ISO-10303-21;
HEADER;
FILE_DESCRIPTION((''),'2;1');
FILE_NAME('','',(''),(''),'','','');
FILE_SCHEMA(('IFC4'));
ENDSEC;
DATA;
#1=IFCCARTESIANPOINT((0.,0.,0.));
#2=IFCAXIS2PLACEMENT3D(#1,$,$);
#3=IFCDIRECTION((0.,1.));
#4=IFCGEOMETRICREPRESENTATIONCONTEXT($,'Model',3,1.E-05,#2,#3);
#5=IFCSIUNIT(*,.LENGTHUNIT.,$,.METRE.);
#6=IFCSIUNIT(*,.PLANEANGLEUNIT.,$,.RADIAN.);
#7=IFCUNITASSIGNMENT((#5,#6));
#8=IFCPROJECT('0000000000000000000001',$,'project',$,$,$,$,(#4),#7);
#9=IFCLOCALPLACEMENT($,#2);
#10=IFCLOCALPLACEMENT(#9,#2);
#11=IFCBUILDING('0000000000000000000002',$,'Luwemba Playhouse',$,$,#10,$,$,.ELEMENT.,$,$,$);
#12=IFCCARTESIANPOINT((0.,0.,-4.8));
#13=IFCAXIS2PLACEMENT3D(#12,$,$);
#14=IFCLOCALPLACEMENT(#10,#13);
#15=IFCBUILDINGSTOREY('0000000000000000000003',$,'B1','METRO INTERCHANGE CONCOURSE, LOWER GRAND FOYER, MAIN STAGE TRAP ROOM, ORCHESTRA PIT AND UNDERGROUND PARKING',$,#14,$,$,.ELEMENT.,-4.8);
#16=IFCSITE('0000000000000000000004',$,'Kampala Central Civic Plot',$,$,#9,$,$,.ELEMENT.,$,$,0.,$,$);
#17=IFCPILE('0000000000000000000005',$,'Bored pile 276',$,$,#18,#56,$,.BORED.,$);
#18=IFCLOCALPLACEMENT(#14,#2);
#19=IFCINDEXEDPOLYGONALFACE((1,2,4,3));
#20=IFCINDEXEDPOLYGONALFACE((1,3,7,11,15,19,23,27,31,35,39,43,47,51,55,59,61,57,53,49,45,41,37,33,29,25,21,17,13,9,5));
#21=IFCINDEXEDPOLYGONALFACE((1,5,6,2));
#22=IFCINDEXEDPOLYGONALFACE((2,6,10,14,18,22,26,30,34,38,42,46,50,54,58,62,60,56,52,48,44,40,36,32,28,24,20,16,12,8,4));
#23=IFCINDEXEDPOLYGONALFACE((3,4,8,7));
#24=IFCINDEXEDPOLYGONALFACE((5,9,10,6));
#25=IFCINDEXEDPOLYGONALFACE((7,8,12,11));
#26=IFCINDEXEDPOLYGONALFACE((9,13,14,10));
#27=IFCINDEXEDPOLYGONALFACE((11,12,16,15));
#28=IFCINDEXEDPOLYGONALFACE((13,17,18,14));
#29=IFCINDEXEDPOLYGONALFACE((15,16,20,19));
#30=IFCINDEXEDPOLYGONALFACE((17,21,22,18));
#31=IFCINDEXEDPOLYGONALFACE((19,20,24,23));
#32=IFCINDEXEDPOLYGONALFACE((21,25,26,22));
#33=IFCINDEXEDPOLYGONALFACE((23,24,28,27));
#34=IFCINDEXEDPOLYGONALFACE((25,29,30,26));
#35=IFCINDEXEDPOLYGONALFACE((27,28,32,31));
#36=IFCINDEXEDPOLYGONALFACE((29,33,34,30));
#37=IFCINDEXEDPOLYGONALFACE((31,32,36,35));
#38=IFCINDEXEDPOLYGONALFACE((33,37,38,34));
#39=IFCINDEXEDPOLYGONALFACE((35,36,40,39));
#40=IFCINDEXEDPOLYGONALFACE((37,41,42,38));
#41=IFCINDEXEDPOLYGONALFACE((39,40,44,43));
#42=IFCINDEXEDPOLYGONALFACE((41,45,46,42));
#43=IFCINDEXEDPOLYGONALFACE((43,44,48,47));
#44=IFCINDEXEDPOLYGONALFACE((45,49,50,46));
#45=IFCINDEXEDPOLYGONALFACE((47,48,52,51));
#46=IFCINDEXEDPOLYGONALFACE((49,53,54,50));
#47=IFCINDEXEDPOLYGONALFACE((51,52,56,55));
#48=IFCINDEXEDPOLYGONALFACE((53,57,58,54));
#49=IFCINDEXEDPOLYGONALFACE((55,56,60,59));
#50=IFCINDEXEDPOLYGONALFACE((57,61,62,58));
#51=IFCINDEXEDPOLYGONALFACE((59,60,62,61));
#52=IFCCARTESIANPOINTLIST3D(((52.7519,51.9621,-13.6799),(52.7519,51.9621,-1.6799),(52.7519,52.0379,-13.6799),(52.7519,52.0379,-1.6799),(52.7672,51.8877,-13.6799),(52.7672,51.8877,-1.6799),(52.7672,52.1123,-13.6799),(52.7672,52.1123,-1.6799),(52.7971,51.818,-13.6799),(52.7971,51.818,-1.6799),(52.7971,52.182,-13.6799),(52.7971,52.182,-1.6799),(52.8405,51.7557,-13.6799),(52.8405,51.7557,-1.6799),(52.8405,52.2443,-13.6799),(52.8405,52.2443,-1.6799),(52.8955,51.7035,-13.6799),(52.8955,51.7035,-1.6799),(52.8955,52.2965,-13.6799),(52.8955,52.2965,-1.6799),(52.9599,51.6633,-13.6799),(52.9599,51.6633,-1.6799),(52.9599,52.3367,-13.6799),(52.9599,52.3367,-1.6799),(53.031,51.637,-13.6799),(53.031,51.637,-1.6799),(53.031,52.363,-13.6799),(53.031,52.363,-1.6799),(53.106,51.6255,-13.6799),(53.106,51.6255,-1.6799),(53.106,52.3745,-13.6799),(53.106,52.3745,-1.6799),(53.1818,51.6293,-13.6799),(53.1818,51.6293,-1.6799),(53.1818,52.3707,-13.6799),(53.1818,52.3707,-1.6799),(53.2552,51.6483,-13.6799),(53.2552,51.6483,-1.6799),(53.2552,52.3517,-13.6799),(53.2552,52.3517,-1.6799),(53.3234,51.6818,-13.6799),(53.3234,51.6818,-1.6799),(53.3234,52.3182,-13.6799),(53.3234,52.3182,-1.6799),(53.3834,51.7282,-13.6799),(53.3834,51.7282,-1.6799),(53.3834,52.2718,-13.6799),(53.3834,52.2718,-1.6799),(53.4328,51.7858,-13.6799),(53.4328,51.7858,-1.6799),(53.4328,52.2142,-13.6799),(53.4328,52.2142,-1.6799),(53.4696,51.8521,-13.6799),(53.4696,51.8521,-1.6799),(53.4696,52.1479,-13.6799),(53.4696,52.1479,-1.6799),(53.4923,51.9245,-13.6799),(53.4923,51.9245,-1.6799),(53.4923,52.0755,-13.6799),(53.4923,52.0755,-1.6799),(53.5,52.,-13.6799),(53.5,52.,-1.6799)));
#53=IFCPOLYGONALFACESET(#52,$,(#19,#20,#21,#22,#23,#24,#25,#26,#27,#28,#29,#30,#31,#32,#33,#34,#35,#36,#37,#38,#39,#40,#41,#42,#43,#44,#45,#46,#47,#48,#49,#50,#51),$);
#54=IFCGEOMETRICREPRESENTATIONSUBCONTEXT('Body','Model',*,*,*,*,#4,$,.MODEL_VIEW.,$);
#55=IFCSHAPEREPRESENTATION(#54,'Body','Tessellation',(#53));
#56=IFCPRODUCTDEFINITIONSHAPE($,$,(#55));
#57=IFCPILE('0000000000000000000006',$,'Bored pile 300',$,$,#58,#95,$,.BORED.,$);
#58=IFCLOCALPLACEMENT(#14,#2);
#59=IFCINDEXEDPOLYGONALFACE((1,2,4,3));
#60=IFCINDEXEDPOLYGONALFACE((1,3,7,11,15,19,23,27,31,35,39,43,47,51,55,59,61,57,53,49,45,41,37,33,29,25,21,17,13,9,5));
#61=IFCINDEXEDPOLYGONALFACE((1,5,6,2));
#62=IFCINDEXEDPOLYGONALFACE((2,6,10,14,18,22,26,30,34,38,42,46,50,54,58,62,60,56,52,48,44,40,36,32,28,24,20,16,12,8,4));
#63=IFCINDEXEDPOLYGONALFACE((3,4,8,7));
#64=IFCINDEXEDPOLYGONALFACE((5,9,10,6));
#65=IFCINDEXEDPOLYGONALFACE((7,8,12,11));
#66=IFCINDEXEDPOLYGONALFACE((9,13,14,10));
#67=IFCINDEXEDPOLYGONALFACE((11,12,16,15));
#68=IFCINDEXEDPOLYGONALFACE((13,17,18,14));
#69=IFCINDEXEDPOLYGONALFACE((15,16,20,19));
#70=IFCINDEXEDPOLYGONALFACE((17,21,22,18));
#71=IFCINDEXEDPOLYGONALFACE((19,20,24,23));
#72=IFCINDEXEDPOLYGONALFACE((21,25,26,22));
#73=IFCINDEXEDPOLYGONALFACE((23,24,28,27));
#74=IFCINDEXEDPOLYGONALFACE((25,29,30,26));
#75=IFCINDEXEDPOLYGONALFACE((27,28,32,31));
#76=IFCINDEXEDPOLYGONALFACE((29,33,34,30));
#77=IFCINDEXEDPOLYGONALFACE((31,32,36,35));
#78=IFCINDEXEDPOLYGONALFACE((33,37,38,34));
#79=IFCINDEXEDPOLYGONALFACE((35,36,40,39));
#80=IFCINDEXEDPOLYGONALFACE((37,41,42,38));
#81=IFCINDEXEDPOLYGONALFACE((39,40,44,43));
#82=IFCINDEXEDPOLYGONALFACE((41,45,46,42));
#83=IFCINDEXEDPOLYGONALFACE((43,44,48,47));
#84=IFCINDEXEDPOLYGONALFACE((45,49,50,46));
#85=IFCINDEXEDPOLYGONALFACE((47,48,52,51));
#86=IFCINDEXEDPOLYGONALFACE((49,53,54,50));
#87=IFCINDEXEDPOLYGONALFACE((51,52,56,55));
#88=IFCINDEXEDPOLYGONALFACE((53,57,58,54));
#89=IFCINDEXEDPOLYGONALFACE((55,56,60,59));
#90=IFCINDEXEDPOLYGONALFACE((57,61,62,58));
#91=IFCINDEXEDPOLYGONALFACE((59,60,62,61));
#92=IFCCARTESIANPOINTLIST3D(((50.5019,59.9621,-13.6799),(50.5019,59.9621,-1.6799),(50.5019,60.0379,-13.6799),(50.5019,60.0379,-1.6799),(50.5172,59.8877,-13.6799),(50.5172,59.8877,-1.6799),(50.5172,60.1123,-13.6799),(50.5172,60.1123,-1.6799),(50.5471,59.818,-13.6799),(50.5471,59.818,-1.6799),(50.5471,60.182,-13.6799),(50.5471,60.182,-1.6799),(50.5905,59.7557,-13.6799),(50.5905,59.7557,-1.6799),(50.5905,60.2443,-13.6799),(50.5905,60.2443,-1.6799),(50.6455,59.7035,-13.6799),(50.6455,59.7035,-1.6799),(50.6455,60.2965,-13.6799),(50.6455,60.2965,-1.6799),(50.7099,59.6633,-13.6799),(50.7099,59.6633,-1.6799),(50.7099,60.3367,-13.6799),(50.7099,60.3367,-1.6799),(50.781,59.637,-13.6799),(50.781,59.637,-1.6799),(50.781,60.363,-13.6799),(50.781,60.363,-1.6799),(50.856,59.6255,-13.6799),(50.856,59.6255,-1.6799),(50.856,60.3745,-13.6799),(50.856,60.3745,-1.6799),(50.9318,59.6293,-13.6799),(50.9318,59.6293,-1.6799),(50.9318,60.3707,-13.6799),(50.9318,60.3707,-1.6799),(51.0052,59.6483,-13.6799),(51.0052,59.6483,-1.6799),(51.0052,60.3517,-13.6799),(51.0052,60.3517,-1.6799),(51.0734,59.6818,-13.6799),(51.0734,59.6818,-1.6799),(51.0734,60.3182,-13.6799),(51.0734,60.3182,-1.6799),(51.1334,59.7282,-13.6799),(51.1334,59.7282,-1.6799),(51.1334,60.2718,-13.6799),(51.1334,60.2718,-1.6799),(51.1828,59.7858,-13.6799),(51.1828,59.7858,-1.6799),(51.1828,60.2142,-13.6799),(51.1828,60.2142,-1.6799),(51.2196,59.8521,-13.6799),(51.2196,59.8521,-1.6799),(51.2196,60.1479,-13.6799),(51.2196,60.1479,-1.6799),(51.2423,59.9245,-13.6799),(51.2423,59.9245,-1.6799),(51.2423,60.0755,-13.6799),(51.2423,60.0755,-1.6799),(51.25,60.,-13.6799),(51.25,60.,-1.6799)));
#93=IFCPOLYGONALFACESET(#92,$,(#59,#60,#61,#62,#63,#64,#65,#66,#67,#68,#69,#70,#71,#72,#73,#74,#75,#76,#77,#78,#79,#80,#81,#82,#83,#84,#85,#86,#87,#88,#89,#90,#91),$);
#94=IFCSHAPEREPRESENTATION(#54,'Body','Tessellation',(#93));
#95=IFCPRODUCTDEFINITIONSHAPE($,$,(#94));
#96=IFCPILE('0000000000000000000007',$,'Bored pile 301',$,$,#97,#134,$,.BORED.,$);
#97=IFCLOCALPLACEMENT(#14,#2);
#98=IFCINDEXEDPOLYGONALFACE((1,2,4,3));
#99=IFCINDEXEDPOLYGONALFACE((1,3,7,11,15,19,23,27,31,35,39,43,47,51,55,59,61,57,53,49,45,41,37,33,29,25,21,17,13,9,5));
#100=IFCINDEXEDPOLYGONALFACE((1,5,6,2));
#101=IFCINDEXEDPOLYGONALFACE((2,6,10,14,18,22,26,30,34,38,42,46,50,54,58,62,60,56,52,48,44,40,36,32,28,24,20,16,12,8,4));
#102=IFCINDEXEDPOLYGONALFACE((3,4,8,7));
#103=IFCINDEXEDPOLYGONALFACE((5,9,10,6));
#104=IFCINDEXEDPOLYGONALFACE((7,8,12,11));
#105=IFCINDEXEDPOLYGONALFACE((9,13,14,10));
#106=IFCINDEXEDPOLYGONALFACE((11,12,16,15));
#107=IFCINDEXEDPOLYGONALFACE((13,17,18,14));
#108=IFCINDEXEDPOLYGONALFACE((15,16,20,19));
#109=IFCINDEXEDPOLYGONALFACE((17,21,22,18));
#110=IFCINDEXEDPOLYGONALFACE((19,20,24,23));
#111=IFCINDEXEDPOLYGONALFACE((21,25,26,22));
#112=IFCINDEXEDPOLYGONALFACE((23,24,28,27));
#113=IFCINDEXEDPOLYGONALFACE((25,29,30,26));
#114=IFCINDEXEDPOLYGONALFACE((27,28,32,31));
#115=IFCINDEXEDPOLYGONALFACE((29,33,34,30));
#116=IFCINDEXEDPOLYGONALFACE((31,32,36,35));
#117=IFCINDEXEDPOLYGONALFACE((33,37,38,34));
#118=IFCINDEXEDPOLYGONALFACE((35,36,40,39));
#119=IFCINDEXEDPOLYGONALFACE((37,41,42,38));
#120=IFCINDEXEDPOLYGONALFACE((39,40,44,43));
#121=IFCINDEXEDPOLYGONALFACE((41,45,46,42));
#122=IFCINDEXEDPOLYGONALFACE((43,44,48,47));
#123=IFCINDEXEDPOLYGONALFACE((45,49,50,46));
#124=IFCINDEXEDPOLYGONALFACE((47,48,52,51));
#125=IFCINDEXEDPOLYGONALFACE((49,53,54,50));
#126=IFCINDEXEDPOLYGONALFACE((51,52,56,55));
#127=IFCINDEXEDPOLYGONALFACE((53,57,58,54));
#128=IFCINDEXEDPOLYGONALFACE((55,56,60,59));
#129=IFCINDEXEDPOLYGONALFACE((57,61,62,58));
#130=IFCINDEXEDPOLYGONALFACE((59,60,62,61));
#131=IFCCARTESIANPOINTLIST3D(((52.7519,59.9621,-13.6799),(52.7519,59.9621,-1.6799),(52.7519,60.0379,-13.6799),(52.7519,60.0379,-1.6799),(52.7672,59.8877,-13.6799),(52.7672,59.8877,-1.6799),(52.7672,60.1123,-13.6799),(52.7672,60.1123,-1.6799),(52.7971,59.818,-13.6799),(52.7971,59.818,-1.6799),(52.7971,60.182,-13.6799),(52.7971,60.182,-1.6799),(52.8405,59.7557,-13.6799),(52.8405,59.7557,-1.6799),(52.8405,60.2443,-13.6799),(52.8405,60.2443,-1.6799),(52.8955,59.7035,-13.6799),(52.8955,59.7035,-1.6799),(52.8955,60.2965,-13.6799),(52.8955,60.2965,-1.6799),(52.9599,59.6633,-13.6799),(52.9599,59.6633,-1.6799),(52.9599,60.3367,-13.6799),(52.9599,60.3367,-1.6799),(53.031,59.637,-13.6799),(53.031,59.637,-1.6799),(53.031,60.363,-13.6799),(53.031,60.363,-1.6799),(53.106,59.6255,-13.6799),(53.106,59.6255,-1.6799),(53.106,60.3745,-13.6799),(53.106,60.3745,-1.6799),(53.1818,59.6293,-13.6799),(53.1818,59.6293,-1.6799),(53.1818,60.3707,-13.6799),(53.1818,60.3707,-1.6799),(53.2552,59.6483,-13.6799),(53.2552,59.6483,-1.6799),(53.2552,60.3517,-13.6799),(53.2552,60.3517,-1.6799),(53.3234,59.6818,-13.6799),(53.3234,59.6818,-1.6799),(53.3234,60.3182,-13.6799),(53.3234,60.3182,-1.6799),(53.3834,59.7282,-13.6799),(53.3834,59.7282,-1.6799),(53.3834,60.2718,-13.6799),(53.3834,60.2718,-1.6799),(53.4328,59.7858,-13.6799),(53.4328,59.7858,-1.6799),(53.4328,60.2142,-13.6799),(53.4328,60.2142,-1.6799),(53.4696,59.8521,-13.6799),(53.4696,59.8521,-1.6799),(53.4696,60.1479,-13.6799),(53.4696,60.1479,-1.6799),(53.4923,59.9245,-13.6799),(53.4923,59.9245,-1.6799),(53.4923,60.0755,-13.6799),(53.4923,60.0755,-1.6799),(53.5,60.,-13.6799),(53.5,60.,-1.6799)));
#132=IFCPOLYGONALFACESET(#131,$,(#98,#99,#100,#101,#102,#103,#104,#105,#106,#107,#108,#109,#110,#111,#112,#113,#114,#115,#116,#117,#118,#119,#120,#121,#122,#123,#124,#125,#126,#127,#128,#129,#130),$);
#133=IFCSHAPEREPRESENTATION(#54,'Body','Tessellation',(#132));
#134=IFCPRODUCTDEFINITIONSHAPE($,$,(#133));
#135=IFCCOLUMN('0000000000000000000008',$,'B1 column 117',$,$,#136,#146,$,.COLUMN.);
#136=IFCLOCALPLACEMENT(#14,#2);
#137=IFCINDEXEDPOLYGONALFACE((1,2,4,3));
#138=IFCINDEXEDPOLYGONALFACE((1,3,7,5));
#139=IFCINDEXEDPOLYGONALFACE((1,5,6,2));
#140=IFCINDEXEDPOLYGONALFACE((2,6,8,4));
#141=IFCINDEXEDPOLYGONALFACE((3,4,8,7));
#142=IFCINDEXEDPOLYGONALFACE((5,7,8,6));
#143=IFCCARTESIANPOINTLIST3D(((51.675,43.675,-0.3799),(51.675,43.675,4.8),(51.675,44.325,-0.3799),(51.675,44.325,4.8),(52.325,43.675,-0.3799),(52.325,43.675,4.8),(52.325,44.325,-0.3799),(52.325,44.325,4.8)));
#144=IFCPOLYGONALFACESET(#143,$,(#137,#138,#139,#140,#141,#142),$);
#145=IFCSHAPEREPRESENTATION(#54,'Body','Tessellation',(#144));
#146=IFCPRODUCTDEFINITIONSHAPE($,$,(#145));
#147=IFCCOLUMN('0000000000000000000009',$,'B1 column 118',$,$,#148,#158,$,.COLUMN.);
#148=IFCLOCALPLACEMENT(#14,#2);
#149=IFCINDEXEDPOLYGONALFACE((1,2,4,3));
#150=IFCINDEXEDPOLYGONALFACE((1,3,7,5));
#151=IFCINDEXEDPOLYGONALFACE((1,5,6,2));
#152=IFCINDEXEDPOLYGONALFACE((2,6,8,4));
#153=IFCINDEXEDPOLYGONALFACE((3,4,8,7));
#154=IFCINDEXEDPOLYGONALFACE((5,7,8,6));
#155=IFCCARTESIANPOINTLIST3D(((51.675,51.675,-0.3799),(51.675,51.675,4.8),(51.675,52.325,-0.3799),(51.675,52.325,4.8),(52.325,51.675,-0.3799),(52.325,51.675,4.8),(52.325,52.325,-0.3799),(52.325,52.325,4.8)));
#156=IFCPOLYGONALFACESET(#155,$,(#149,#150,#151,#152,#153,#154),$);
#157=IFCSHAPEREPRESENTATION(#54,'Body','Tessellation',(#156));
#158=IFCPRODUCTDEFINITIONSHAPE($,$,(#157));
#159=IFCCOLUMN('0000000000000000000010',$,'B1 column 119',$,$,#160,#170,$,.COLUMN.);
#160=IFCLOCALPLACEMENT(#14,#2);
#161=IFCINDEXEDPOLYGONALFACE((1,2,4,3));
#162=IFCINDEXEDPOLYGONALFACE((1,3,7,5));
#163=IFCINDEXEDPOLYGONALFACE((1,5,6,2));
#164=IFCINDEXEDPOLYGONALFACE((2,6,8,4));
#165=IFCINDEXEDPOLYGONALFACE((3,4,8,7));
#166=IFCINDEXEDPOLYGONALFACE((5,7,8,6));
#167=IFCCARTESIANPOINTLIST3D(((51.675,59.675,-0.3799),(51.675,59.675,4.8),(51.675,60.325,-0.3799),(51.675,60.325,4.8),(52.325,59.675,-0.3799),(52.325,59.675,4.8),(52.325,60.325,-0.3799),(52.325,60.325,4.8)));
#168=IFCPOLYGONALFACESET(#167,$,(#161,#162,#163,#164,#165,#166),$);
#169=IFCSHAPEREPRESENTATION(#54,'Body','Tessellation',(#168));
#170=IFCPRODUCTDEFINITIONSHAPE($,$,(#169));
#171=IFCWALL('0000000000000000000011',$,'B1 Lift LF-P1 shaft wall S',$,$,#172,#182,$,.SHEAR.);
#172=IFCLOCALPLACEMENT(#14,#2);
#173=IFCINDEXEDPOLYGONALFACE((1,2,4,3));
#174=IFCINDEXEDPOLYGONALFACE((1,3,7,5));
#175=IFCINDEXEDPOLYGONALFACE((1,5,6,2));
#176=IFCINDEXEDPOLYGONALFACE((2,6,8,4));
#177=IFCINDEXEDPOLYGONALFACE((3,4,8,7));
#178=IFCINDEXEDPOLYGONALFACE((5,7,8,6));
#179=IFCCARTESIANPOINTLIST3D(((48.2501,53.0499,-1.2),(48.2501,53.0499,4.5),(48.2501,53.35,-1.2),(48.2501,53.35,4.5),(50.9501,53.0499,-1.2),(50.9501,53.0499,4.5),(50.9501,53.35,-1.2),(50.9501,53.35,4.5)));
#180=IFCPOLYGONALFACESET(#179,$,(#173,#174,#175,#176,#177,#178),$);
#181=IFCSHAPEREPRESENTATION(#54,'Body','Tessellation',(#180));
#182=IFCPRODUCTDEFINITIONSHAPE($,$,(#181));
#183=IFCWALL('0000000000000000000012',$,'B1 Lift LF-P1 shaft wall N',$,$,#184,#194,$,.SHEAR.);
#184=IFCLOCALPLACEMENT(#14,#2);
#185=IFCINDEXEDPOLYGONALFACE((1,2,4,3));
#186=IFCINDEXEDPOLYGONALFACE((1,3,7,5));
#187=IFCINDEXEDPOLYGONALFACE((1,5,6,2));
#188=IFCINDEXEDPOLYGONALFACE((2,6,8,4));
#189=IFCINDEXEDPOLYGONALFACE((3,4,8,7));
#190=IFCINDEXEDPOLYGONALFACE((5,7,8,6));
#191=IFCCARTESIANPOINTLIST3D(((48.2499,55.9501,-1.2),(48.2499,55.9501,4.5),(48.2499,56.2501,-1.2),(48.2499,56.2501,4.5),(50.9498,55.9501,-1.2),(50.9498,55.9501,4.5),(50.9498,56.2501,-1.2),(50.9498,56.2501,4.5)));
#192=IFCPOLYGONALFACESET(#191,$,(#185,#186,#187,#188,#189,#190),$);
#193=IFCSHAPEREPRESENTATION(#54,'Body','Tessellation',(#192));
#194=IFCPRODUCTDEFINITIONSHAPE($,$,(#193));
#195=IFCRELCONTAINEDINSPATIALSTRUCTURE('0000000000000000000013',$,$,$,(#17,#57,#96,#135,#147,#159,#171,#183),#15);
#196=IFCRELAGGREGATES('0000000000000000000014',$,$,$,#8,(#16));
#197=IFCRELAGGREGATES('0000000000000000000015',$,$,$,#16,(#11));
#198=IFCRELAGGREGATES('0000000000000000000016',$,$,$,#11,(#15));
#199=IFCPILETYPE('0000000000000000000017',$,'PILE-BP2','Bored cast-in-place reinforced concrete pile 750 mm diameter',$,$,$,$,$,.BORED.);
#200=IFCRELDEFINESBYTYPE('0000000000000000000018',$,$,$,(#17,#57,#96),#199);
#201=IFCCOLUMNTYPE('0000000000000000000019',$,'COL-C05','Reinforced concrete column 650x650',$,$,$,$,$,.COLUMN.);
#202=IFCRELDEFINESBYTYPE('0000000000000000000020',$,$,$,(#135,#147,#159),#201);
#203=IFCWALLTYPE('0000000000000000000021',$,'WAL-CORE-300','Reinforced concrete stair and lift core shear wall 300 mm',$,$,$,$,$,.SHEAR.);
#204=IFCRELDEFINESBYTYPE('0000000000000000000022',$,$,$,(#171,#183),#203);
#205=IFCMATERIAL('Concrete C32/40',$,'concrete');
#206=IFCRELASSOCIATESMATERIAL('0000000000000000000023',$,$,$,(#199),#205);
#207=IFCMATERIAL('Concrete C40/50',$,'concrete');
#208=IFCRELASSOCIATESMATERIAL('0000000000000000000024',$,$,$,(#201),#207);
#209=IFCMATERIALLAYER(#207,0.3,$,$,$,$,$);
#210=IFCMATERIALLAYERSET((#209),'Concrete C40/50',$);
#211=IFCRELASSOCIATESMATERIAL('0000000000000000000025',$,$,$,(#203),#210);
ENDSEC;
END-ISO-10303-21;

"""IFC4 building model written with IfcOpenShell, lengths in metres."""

from ifc_helpers import new_model, si_unit, direction, frame, frame_2d, origin, origin_2d, place, context, subcontext, project, spatial, rectangle, circle, extrude, material, layer, layer_set, material_profile, profile_set, type_object, element, save


model = new_model("IFC4")

# Units and contexts
model_context = context("Model", 3, precision=1e-05, world=origin(), true_north=direction((0.0, 1.0)))
body_context = subcontext(model_context, "Body", "Model", "MODEL_VIEW")
ifc_project = project(units=[si_unit("LENGTHUNIT", "METRE"), si_unit("PLANEANGLEUNIT", "RADIAN")], contexts=[model_context])

# Site, building, storey
site_placement = place(None, origin())
site = spatial("IfcSite", under=ifc_project, at=site_placement, Name="Kampala Central Civic Plot", CompositionType="ELEMENT", RefElevation=0.0)
building_placement = place(site_placement, origin())
building = spatial("IfcBuilding", under=site, at=building_placement, Name="Luwemba Playhouse", CompositionType="ELEMENT")
storey_placement = place(building_placement, frame((0.0, 0.0, -4.8)))
storey = spatial("IfcBuildingStorey", under=building, at=storey_placement, Name="B1", Description="METRO INTERCHANGE CONCOURSE, LOWER GRAND FOYER, MAIN STAGE TRAP ROOM, ORCHESTRA PIT AND UNDERGROUND PARKING", CompositionType="ELEMENT", Elevation=-4.8)

# Shared definitions
ifc_material_1 = material(Name="Concrete C32/40", Category="concrete")

# Piles
ifc_material_profile_1 = material_profile(ifc_material_1, circle(Radius=0.375, at=origin_2d()))
ifc_profile_set_1 = profile_set([ifc_material_profile_1], Name="Concrete C32/40")
pile_type = type_object("IfcPileType", Name="PILE-BP2", Description="Bored cast-in-place reinforced concrete pile 750 mm diameter", PredefinedType="BORED", material=ifc_profile_set_1)
for number, where, z_axis, x_axis, name in (
    (1, (53.125, 52.0, -1.6799), (0.0, 0.0, -1.0), (1.0, 0.0, 0.0), "Bored pile 276"),
    (2, (50.875, 60.0, -1.6799), (0.0, 0.0, -1.0), (1.0, 0.0, 0.0), "Bored pile 300"),
    (3, (53.125, 60.0, -1.6799), (0.0, 0.0, -1.0), (1.0, 0.0, 0.0), "Bored pile 301"),
):
    element("IfcPile", number, at=place(storey_placement, frame(where, z_axis=z_axis, x_axis=x_axis)), inside=storey, type_object=pile_type, Name=name, PredefinedType="BORED", context=body_context, shape_type="SweptSolid", body=[
        extrude(circle(Radius=0.375, at=origin_2d()), origin(), (0.0, 0.0, 1.0), 12.0),
    ])

# Columns
ifc_material_2 = material(Name="Concrete C40/50", Category="concrete")
ifc_material_profile_2 = material_profile(ifc_material_2, rectangle(XDim=0.6499, YDim=0.6499, at=origin_2d()))
ifc_profile_set_2 = profile_set([ifc_material_profile_2], Name="Concrete C40/50")
column_type = type_object("IfcColumnType", Name="COL-C05", Description="Reinforced concrete column 650x650", PredefinedType="COLUMN", material=ifc_profile_set_2)
for number, where, z_axis, x_axis, name in (
    (4, (52.0, 44.0, -0.3799), (0.0, 0.0, 1.0), (1.0, 0.0, 0.0), "B1 column 117"),
    (5, (52.0, 52.0, -0.3799), (0.0, 0.0, 1.0), (1.0, 0.0, 0.0), "B1 column 118"),
    (6, (52.0, 60.0, -0.3799), (0.0, 0.0, 1.0), (1.0, 0.0, 0.0), "B1 column 119"),
):
    element("IfcColumn", number, at=place(storey_placement, frame(where, z_axis=z_axis, x_axis=x_axis)), inside=storey, type_object=column_type, Name=name, PredefinedType="COLUMN", context=body_context, shape_type="SweptSolid", body=[
        extrude(rectangle(XDim=0.6499, YDim=0.6499, at=origin_2d()), origin(), (0.0, 0.0, 1.0), 5.1799),
    ])

# Walls
ifc_layer_1 = layer(ifc_material_2, 0.3)
ifc_layer_set_1 = layer_set([ifc_layer_1], Name="Concrete C40/50")
wall_type_1 = type_object("IfcWallType", Name="WAL-CORE-300", Description="Reinforced concrete stair and lift core shear wall 300 mm", PredefinedType="SHEAR", material=ifc_layer_set_1)
for number, where, z_axis, x_axis, name in (
    (7, (48.25, 53.2, -1.2), (0.0, 0.0, 1.0), (1.0, 0.0, 0.0), "B1 Lift LF-P1 shaft wall S"),
    (8, (50.95, 56.1001, -1.2), (0.0, 0.0, 1.0), (-1.0, 0.0, 0.0), "B1 Lift LF-P1 shaft wall N"),
):
    element("IfcWall", number, at=place(storey_placement, frame(where, z_axis=z_axis, x_axis=x_axis)), inside=storey, type_object=wall_type_1, Name=name, PredefinedType="SHEAR", context=body_context, shape_type="SweptSolid", body=[
        extrude(rectangle(XDim=2.7, YDim=0.3, at=frame_2d((1.3501, 0.0))), origin(), (0.0, 0.0, 1.0), 5.7),
    ])

save(model, "model.ifc")
